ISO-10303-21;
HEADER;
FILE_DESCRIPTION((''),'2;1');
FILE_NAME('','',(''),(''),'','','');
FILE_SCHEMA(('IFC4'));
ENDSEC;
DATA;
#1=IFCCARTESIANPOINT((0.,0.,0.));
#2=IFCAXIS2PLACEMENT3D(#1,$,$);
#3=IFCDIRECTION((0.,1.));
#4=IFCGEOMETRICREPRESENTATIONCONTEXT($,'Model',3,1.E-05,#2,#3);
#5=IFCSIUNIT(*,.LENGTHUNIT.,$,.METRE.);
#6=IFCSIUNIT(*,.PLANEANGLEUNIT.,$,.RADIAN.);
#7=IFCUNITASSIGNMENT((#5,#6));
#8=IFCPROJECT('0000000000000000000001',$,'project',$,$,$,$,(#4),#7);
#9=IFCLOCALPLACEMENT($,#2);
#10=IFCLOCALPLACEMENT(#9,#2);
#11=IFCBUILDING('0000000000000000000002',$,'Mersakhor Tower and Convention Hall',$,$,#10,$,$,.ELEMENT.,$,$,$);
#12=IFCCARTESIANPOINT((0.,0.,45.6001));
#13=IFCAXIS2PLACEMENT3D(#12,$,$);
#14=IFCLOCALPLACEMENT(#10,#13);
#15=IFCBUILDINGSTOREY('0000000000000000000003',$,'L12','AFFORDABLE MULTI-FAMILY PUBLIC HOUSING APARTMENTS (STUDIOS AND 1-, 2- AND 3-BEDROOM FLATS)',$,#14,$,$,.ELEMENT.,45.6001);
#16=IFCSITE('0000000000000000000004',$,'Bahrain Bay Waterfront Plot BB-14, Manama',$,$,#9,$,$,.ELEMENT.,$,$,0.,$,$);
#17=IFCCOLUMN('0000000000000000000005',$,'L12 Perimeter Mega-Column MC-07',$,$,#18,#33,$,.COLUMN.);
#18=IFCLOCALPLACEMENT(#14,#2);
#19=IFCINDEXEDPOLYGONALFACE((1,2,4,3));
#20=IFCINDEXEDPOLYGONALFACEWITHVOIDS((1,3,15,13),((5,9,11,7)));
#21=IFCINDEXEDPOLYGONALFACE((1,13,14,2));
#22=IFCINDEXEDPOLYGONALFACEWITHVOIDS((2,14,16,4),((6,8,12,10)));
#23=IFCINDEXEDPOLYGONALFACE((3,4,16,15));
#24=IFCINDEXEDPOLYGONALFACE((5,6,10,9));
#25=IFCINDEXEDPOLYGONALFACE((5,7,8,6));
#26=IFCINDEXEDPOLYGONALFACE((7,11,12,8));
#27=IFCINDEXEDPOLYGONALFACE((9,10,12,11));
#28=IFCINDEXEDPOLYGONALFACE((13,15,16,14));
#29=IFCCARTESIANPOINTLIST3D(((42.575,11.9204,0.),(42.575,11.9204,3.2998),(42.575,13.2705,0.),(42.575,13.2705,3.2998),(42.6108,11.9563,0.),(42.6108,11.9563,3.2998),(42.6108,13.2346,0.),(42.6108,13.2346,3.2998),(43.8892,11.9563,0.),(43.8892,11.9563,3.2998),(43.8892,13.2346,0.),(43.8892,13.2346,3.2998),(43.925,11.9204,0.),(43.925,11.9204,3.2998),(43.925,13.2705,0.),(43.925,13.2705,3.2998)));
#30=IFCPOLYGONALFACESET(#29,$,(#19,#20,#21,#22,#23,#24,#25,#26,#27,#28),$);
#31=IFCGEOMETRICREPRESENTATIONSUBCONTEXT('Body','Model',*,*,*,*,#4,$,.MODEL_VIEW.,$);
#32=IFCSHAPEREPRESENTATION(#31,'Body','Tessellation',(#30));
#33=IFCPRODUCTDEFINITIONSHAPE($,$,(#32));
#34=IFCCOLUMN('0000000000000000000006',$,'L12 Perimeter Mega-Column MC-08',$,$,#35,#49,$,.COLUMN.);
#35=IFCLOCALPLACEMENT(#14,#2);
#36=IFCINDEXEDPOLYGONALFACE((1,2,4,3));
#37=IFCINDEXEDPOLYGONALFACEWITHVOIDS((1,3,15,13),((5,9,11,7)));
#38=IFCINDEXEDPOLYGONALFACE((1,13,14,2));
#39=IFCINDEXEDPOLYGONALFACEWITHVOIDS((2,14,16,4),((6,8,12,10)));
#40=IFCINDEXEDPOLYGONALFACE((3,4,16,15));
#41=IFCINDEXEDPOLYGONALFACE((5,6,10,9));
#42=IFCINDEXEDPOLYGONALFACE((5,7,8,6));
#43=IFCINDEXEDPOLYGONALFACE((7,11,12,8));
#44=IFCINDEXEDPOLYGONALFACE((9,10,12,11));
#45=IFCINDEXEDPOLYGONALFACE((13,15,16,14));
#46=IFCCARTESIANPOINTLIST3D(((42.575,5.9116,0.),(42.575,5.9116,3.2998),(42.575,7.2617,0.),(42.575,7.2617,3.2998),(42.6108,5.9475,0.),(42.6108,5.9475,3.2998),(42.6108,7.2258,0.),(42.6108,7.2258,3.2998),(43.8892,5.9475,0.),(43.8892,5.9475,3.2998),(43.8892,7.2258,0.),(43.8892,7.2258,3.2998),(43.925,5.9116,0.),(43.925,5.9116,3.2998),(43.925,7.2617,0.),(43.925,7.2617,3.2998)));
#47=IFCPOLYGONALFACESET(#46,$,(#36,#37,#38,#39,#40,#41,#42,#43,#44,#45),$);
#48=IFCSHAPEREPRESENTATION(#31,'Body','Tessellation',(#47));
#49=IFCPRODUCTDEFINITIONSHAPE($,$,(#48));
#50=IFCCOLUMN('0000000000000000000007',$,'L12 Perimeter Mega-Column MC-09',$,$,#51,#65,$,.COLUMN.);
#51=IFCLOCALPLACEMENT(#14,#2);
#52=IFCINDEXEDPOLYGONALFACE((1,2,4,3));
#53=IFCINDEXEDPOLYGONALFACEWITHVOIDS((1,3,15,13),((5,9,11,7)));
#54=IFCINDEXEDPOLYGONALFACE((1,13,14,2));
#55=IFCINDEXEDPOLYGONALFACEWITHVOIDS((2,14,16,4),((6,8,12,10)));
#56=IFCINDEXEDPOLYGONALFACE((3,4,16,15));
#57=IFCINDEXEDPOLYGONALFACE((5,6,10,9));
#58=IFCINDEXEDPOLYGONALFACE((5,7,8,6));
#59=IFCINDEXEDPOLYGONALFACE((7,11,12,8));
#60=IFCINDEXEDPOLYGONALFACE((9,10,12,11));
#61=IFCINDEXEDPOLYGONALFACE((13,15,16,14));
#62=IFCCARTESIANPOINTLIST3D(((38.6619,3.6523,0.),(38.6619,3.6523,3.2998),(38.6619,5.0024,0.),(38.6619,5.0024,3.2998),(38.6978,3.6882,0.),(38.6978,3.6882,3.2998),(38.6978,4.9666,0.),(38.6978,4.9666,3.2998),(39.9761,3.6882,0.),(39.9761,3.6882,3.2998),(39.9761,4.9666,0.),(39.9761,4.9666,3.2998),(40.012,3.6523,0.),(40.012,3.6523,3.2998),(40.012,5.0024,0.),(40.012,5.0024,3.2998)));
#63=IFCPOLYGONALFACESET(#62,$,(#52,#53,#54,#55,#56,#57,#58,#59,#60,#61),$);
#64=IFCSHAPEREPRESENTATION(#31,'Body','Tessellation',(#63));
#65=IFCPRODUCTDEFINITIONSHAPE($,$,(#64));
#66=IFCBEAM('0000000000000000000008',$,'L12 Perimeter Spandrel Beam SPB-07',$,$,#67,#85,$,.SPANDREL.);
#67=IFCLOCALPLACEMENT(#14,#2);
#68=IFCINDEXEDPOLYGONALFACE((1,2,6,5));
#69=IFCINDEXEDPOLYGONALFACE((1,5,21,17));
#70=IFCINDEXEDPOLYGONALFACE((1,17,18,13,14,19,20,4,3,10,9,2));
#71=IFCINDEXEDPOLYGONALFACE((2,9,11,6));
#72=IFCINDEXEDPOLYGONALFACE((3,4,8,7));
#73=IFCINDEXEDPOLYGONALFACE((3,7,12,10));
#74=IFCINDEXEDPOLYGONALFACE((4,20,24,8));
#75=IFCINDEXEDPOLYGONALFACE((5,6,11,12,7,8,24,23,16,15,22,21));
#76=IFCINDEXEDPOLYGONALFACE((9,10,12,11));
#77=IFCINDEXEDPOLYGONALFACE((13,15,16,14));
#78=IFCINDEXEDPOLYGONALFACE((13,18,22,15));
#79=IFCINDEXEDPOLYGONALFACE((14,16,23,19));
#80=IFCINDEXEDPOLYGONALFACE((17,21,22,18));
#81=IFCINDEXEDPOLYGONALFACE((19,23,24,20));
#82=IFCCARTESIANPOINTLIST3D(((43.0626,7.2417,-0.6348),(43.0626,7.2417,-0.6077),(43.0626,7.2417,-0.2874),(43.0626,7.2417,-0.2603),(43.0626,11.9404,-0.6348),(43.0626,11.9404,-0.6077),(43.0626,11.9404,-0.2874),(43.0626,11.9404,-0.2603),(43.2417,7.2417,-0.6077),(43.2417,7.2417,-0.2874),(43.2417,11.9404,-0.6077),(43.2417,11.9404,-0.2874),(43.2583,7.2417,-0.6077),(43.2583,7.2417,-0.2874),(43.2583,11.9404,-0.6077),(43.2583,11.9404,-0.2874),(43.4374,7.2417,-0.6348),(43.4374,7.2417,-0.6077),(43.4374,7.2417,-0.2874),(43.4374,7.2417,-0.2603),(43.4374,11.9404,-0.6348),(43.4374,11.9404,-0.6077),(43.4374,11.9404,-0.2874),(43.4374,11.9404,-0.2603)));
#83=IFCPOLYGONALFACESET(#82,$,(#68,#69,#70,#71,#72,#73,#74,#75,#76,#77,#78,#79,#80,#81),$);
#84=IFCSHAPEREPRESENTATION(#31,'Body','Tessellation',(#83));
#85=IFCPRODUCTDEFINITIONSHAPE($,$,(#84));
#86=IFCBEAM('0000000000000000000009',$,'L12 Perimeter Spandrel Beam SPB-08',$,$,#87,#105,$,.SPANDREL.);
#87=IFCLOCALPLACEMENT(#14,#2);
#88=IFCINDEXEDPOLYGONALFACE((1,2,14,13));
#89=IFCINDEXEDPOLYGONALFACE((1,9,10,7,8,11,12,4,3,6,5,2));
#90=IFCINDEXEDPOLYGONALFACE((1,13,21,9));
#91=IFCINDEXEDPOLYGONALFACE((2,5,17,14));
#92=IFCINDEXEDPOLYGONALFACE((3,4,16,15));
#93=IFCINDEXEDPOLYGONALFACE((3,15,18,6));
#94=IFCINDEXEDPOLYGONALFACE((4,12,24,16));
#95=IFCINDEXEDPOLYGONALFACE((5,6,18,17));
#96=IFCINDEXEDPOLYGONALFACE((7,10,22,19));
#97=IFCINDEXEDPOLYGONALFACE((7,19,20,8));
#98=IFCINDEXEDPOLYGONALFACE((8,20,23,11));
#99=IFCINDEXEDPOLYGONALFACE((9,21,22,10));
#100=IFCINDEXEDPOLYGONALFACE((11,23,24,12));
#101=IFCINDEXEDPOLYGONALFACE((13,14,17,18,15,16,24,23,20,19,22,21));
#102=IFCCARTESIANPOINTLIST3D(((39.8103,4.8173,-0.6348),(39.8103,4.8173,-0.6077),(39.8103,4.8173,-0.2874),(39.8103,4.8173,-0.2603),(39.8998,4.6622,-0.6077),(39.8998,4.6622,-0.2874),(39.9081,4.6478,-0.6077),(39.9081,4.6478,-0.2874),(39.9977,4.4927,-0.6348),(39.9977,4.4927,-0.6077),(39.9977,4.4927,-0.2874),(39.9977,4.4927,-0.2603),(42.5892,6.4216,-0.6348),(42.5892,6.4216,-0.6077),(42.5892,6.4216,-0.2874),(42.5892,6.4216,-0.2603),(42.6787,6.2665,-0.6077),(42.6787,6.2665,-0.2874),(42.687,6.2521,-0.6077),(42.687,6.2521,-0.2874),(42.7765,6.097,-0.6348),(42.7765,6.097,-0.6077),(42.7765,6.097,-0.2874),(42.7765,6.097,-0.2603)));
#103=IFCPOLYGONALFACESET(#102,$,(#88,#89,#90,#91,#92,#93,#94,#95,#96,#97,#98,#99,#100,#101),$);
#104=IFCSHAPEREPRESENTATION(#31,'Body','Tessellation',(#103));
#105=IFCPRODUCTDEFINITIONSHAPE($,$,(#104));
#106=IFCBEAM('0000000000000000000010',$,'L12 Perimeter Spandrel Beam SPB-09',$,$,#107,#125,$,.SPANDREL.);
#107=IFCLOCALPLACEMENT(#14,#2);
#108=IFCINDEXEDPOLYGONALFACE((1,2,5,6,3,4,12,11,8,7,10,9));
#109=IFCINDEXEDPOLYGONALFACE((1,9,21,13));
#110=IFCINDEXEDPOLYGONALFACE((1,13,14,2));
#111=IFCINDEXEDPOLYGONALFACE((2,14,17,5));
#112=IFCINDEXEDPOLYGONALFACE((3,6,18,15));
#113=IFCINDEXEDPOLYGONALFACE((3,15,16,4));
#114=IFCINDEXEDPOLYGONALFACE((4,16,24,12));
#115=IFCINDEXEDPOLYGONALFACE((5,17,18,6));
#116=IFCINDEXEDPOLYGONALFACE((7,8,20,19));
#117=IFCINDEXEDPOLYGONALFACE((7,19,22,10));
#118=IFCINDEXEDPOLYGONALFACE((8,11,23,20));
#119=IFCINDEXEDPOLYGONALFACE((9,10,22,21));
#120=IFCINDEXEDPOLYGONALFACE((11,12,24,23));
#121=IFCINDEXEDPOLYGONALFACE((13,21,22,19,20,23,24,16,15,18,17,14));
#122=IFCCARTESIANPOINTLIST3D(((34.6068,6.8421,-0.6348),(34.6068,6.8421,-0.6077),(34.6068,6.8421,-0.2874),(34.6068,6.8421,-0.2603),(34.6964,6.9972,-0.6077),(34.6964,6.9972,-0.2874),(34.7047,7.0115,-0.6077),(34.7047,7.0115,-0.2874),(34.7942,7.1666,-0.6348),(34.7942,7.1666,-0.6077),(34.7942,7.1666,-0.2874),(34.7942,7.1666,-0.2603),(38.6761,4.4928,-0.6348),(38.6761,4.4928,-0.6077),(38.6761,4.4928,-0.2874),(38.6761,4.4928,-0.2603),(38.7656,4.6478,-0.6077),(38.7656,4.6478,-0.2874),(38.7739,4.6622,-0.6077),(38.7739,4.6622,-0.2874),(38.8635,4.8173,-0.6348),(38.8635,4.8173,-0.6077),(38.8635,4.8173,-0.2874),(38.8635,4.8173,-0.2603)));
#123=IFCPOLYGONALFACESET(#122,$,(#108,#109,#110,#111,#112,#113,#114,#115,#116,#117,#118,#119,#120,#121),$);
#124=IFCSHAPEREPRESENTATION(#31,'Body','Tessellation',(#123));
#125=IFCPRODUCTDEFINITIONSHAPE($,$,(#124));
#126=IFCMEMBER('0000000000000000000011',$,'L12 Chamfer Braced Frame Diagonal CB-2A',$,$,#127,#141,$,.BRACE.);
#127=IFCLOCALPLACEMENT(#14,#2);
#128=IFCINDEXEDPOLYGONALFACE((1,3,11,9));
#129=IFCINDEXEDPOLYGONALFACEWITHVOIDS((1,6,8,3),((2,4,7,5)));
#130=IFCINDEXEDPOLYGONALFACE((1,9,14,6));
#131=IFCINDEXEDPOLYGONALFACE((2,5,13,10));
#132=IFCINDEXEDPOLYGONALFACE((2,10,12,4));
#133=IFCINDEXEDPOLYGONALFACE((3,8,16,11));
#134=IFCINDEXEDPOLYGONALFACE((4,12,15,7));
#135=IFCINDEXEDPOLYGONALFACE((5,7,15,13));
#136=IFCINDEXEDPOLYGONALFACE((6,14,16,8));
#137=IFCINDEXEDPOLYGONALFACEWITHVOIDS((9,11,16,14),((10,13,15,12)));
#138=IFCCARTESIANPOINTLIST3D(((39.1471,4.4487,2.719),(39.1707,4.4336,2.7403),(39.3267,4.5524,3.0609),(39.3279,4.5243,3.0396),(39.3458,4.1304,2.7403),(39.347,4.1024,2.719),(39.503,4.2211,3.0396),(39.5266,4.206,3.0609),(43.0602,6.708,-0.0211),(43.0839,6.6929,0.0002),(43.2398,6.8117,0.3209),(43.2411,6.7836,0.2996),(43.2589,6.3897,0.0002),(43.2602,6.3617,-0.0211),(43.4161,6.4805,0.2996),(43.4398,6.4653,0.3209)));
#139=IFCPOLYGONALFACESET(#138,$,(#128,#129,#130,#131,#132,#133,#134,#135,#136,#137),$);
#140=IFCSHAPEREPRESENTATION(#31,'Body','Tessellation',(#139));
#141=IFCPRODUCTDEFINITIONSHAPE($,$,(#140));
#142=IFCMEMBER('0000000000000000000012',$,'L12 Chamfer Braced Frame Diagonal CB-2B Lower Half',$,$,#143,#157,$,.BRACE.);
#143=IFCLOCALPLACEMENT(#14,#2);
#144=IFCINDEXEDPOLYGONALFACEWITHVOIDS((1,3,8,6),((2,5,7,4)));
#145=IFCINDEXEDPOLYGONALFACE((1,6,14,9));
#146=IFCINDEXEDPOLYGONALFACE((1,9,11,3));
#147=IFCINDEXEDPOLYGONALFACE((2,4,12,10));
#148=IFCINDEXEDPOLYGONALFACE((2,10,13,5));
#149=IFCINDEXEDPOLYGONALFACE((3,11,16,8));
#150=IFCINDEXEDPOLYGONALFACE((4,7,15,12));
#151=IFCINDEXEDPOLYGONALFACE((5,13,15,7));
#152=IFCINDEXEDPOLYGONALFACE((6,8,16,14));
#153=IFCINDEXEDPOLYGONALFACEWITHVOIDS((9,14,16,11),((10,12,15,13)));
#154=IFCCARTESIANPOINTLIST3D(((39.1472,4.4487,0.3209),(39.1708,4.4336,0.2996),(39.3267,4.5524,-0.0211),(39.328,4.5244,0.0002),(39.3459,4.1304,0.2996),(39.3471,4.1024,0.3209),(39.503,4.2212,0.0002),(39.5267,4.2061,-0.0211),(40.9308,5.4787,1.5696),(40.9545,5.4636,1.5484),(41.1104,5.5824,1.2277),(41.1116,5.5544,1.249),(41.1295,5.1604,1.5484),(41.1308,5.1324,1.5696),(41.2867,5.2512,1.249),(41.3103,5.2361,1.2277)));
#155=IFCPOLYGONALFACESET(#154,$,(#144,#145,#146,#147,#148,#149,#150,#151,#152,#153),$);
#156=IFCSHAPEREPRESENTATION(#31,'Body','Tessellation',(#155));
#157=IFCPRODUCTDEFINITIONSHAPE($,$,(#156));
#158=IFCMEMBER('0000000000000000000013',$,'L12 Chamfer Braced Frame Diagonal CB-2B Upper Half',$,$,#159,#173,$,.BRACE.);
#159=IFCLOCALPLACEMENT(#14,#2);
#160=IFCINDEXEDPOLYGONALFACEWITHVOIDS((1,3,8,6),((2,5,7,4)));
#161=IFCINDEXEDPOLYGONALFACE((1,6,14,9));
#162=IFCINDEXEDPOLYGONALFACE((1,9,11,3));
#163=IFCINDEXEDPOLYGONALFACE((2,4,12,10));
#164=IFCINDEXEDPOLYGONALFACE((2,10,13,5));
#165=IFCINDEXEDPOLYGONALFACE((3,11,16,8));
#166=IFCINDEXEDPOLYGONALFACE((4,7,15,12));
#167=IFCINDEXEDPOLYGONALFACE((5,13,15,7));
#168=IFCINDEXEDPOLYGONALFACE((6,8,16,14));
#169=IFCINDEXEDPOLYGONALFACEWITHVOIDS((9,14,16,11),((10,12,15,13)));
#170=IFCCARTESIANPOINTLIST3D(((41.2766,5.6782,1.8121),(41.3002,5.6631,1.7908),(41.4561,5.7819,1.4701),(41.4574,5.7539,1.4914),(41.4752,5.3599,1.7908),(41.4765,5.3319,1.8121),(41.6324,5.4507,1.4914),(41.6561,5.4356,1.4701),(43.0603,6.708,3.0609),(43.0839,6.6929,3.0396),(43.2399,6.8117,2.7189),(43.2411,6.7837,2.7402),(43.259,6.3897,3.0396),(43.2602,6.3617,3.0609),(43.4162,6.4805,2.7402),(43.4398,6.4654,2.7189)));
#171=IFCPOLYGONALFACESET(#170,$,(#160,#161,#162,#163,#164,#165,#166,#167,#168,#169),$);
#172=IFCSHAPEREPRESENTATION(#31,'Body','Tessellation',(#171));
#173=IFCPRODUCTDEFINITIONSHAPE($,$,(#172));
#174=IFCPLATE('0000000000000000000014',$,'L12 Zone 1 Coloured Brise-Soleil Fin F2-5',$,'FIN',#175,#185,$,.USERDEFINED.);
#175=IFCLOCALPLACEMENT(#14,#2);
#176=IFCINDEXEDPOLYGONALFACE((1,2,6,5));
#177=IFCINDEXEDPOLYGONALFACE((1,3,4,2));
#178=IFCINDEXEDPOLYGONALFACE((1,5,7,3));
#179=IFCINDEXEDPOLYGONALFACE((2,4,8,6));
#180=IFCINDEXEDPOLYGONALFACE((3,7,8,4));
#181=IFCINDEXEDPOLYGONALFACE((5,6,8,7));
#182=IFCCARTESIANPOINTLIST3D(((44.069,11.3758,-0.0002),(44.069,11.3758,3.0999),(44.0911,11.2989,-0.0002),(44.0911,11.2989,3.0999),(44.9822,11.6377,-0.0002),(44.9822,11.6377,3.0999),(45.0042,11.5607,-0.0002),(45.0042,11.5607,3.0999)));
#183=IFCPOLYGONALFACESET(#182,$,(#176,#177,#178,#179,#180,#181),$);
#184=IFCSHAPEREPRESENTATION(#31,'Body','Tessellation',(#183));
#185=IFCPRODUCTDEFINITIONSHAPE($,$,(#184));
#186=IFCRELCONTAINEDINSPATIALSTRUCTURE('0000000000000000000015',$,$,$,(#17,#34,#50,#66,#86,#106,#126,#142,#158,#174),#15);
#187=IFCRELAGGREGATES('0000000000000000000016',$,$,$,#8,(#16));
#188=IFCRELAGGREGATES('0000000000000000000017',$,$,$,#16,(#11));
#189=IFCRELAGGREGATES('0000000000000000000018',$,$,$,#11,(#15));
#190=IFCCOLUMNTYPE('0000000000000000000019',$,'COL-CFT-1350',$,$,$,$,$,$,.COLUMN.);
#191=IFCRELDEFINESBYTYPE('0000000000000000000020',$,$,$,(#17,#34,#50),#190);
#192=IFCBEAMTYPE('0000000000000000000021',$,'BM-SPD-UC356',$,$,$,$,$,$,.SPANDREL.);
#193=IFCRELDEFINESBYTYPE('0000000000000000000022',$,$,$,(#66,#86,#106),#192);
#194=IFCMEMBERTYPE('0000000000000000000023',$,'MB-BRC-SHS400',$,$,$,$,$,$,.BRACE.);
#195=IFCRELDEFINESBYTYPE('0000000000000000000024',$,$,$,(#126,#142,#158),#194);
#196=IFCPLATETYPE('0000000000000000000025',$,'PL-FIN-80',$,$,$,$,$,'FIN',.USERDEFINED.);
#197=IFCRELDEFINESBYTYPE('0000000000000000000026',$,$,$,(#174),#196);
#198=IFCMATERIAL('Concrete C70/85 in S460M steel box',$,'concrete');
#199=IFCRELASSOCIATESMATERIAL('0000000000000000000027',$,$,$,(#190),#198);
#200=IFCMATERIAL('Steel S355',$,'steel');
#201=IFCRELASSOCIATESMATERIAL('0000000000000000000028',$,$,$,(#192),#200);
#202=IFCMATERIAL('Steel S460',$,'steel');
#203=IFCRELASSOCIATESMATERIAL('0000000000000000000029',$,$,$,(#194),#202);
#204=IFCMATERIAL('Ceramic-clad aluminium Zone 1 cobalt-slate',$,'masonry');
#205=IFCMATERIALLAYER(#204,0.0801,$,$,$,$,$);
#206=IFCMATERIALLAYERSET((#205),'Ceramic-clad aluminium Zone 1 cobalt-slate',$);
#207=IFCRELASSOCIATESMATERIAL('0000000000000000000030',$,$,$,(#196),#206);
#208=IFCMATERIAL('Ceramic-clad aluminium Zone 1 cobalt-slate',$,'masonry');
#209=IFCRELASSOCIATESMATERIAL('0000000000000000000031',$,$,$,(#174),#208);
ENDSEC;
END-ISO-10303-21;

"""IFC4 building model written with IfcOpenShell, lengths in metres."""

from ifc_helpers import new_model, si_unit, direction, frame, origin, origin_2d, place, context, subcontext, project, spatial, rectangle, hollow_rectangle, i_section, extrude, material, layer, layer_set, material_profile, profile_set, type_object, element, save


model = new_model("IFC4")

# Units and contexts
model_context = context("Model", 3, precision=1e-05, world=origin(), true_north=direction((0.0, 1.0)))
body_context = subcontext(model_context, "Body", "Model", "MODEL_VIEW")
ifc_project = project(units=[si_unit("LENGTHUNIT", "METRE"), si_unit("PLANEANGLEUNIT", "RADIAN")], contexts=[model_context])

# Site, building, storey
site_placement = place(None, origin())
site = spatial("IfcSite", under=ifc_project, at=site_placement, Name="Bahrain Bay Waterfront Plot BB-14, Manama", CompositionType="ELEMENT", RefElevation=0.0)
building_placement = place(site_placement, origin())
building = spatial("IfcBuilding", under=site, at=building_placement, Name="Mersakhor Tower and Convention Hall", CompositionType="ELEMENT")
storey_placement = place(building_placement, frame((0.0, 0.0, 45.6001)))
storey = spatial("IfcBuildingStorey", under=building, at=storey_placement, Name="L12", Description="AFFORDABLE MULTI-FAMILY PUBLIC HOUSING APARTMENTS (STUDIOS AND 1-, 2- AND 3-BEDROOM FLATS)", CompositionType="ELEMENT", Elevation=45.6001)

# Columns
ifc_material_1 = material(Name="Concrete C70/85 in S460M steel box", Category="concrete")
ifc_material_profile_1 = material_profile(ifc_material_1, hollow_rectangle(XDim=1.3501, YDim=1.3501, WallThickness=0.0359, at=origin_2d()), Name="SHS 1350x1350x36")
ifc_profile_set_1 = profile_set([ifc_material_profile_1], Name="Concrete C70/85 in S460M steel box")
column_type = type_object("IfcColumnType", Name="COL-CFT-1350", PredefinedType="COLUMN", material=ifc_profile_set_1)
for number, where, z_axis, x_axis, name in (
    (1, (43.25, 12.5955, 0.0), (0.0, 0.0, 1.0), (1.0, 0.0, 0.0), "L12 Perimeter Mega-Column MC-07"),
    (2, (43.25, 6.5867, 0.0), (0.0, 0.0, 1.0), (1.0, 0.0, 0.0), "L12 Perimeter Mega-Column MC-08"),
    (3, (39.3369, 4.3274, 0.0), (0.0, 0.0, 1.0), (1.0, 0.0, 0.0), "L12 Perimeter Mega-Column MC-09"),
):
    element("IfcColumn", number, at=place(storey_placement, frame(where, z_axis=z_axis, x_axis=x_axis)), inside=storey, type_object=column_type, Name=name, PredefinedType="COLUMN", context=body_context, shape_type="SweptSolid", body=[
        extrude(hollow_rectangle(XDim=1.3501, YDim=1.3501, WallThickness=0.0359, at=origin_2d()), origin(), (0.0, 0.0, 1.0), 3.2998),
    ])

# Beams
ifc_material_2 = material(Name="Steel S355", Category="steel")
ifc_material_profile_2 = material_profile(ifc_material_2, i_section(OverallWidth=0.3748, OverallDepth=0.3745, WebThickness=0.0166, FlangeThickness=0.0271, at=origin_2d()), Name="UC 356x368x202")
ifc_profile_set_2 = profile_set([ifc_material_profile_2], Name="Steel S355")
beam_type = type_object("IfcBeamType", Name="BM-SPD-UC356", PredefinedType="SPANDREL", material=ifc_profile_set_2)
beam_1_placement = place(storey_placement, frame((43.25, 11.9404, -0.4475), z_axis=(0.0, -1.0, 0.0), x_axis=(1.0, 0.0, 0.0)))
element("IfcBeam", 4, at=beam_1_placement, inside=storey, type_object=beam_type, Name="L12 Perimeter Spandrel Beam SPB-07", PredefinedType="SPANDREL", context=body_context, shape_type="SweptSolid", body=[
    extrude(i_section(OverallWidth=0.3748, OverallDepth=0.3745, WebThickness=0.0166, FlangeThickness=0.0271, at=origin_2d()), origin(), (0.0, 0.0, 1.0), 4.6987),
])
beam_2_placement = place(storey_placement, frame((42.6829, 6.2593, -0.4475), z_axis=(-0.866039, -0.499977, 0.0), x_axis=(0.499977, -0.866039, 0.0)))
element("IfcBeam", 5, at=beam_2_placement, inside=storey, type_object=beam_type, Name="L12 Perimeter Spandrel Beam SPB-08", PredefinedType="SPANDREL", context=body_context, shape_type="SweptSolid", body=[
    extrude(i_section(OverallWidth=0.3748, OverallDepth=0.3745, WebThickness=0.0166, FlangeThickness=0.0271, at=origin_2d()), origin(), (0.0, 0.0, 1.0), 3.2087),
])
beam_3_placement = place(storey_placement, frame((38.7698, 4.655, -0.4475), z_axis=(-0.866032, 0.499989, 0.0), x_axis=(-0.499989, -0.866032, 0.0)))
element("IfcBeam", 6, at=beam_3_placement, inside=storey, type_object=beam_type, Name="L12 Perimeter Spandrel Beam SPB-09", PredefinedType="SPANDREL", context=body_context, shape_type="SweptSolid", body=[
    extrude(i_section(OverallWidth=0.3748, OverallDepth=0.3745, WebThickness=0.0166, FlangeThickness=0.0271, at=origin_2d()), origin(), (0.0, 0.0, 1.0), 4.6987),
])

# Members
ifc_material_3 = material(Name="Steel S460", Category="steel")
ifc_material_profile_3 = material_profile(ifc_material_3, hollow_rectangle(XDim=0.3999, YDim=0.3999, WallThickness=0.0249, at=origin_2d()), Name="SHS 400x400x25")
ifc_profile_set_3 = profile_set([ifc_material_profile_3], Name="Steel S460")
member_type = type_object("IfcMemberType", Name="MB-BRC-SHS400", PredefinedType="BRACE", material=ifc_profile_set_3)
member_placement = place(storey_placement, frame((43.25, 6.5867, 0.1499), z_axis=(-0.740508, -0.427543, 0.518513), x_axis=(0.500009, -0.86602, 0.0)))
element("IfcMember", 7, at=member_placement, inside=storey, type_object=member_type, Name="L12 Chamfer Braced Frame Diagonal CB-2A", PredefinedType="BRACE", context=body_context, shape_type="SweptSolid", body=[
    extrude(hollow_rectangle(XDim=0.3999, YDim=0.3999, WallThickness=0.0249, at=origin_2d()), origin(), (0.0, 0.0, 1.0), 5.2844),
])
for number, where, z_axis, x_axis, name in (
    (8, (39.3369, 4.3274, 0.1499), (0.740512, 0.427624, 0.51844), (-0.500078, 0.86598, 0.0), "L12 Chamfer Braced Frame Diagonal CB-2B Lower Half"),
    (9, (41.4663, 5.5569, 1.6411), (0.740544, 0.427541, 0.518462), (-0.499989, 0.866032, 0.0), "L12 Chamfer Braced Frame Diagonal CB-2B Upper Half"),
):
    element("IfcMember", number, at=place(storey_placement, frame(where, z_axis=z_axis, x_axis=x_axis)), inside=storey, type_object=member_type, Name=name, PredefinedType="BRACE", context=body_context, shape_type="SweptSolid", body=[
        extrude(hollow_rectangle(XDim=0.3999, YDim=0.3999, WallThickness=0.0249, at=origin_2d()), origin(), (0.0, 0.0, 1.0), 2.4087),
    ])

# Plate
ifc_material_4 = material(Name="Ceramic-clad aluminium Zone 1 cobalt-slate", Category="masonry")
ifc_material_5 = material(Name="Ceramic-clad aluminium Zone 1 cobalt-slate", Category="masonry")
ifc_layer_1 = layer(ifc_material_5, 0.0801)
ifc_layer_set_1 = layer_set([ifc_layer_1], Name="Ceramic-clad aluminium Zone 1 cobalt-slate")
plate_type_1 = type_object("IfcPlateType", Name="PL-FIN-80", ElementType="FIN", PredefinedType="USERDEFINED", material=ifc_layer_set_1)
plate_1_placement = place(storey_placement, frame((44.5366, 11.4683, -0.0002), z_axis=(0.0, 0.0, 1.0), x_axis=(0.961262, 0.275637, 0.0)))
element("IfcPlate", 10, at=plate_1_placement, inside=storey, type_object=plate_type_1, material=ifc_material_4, Name="L12 Zone 1 Coloured Brise-Soleil Fin F2-5", ObjectType="FIN", PredefinedType="USERDEFINED", context=body_context, shape_type="SweptSolid", body=[
    extrude(rectangle(XDim=0.95, YDim=0.0801, at=origin_2d()), origin(), (0.0, 0.0, 1.0), 3.1001),
])

save(model, "model.ifc")
